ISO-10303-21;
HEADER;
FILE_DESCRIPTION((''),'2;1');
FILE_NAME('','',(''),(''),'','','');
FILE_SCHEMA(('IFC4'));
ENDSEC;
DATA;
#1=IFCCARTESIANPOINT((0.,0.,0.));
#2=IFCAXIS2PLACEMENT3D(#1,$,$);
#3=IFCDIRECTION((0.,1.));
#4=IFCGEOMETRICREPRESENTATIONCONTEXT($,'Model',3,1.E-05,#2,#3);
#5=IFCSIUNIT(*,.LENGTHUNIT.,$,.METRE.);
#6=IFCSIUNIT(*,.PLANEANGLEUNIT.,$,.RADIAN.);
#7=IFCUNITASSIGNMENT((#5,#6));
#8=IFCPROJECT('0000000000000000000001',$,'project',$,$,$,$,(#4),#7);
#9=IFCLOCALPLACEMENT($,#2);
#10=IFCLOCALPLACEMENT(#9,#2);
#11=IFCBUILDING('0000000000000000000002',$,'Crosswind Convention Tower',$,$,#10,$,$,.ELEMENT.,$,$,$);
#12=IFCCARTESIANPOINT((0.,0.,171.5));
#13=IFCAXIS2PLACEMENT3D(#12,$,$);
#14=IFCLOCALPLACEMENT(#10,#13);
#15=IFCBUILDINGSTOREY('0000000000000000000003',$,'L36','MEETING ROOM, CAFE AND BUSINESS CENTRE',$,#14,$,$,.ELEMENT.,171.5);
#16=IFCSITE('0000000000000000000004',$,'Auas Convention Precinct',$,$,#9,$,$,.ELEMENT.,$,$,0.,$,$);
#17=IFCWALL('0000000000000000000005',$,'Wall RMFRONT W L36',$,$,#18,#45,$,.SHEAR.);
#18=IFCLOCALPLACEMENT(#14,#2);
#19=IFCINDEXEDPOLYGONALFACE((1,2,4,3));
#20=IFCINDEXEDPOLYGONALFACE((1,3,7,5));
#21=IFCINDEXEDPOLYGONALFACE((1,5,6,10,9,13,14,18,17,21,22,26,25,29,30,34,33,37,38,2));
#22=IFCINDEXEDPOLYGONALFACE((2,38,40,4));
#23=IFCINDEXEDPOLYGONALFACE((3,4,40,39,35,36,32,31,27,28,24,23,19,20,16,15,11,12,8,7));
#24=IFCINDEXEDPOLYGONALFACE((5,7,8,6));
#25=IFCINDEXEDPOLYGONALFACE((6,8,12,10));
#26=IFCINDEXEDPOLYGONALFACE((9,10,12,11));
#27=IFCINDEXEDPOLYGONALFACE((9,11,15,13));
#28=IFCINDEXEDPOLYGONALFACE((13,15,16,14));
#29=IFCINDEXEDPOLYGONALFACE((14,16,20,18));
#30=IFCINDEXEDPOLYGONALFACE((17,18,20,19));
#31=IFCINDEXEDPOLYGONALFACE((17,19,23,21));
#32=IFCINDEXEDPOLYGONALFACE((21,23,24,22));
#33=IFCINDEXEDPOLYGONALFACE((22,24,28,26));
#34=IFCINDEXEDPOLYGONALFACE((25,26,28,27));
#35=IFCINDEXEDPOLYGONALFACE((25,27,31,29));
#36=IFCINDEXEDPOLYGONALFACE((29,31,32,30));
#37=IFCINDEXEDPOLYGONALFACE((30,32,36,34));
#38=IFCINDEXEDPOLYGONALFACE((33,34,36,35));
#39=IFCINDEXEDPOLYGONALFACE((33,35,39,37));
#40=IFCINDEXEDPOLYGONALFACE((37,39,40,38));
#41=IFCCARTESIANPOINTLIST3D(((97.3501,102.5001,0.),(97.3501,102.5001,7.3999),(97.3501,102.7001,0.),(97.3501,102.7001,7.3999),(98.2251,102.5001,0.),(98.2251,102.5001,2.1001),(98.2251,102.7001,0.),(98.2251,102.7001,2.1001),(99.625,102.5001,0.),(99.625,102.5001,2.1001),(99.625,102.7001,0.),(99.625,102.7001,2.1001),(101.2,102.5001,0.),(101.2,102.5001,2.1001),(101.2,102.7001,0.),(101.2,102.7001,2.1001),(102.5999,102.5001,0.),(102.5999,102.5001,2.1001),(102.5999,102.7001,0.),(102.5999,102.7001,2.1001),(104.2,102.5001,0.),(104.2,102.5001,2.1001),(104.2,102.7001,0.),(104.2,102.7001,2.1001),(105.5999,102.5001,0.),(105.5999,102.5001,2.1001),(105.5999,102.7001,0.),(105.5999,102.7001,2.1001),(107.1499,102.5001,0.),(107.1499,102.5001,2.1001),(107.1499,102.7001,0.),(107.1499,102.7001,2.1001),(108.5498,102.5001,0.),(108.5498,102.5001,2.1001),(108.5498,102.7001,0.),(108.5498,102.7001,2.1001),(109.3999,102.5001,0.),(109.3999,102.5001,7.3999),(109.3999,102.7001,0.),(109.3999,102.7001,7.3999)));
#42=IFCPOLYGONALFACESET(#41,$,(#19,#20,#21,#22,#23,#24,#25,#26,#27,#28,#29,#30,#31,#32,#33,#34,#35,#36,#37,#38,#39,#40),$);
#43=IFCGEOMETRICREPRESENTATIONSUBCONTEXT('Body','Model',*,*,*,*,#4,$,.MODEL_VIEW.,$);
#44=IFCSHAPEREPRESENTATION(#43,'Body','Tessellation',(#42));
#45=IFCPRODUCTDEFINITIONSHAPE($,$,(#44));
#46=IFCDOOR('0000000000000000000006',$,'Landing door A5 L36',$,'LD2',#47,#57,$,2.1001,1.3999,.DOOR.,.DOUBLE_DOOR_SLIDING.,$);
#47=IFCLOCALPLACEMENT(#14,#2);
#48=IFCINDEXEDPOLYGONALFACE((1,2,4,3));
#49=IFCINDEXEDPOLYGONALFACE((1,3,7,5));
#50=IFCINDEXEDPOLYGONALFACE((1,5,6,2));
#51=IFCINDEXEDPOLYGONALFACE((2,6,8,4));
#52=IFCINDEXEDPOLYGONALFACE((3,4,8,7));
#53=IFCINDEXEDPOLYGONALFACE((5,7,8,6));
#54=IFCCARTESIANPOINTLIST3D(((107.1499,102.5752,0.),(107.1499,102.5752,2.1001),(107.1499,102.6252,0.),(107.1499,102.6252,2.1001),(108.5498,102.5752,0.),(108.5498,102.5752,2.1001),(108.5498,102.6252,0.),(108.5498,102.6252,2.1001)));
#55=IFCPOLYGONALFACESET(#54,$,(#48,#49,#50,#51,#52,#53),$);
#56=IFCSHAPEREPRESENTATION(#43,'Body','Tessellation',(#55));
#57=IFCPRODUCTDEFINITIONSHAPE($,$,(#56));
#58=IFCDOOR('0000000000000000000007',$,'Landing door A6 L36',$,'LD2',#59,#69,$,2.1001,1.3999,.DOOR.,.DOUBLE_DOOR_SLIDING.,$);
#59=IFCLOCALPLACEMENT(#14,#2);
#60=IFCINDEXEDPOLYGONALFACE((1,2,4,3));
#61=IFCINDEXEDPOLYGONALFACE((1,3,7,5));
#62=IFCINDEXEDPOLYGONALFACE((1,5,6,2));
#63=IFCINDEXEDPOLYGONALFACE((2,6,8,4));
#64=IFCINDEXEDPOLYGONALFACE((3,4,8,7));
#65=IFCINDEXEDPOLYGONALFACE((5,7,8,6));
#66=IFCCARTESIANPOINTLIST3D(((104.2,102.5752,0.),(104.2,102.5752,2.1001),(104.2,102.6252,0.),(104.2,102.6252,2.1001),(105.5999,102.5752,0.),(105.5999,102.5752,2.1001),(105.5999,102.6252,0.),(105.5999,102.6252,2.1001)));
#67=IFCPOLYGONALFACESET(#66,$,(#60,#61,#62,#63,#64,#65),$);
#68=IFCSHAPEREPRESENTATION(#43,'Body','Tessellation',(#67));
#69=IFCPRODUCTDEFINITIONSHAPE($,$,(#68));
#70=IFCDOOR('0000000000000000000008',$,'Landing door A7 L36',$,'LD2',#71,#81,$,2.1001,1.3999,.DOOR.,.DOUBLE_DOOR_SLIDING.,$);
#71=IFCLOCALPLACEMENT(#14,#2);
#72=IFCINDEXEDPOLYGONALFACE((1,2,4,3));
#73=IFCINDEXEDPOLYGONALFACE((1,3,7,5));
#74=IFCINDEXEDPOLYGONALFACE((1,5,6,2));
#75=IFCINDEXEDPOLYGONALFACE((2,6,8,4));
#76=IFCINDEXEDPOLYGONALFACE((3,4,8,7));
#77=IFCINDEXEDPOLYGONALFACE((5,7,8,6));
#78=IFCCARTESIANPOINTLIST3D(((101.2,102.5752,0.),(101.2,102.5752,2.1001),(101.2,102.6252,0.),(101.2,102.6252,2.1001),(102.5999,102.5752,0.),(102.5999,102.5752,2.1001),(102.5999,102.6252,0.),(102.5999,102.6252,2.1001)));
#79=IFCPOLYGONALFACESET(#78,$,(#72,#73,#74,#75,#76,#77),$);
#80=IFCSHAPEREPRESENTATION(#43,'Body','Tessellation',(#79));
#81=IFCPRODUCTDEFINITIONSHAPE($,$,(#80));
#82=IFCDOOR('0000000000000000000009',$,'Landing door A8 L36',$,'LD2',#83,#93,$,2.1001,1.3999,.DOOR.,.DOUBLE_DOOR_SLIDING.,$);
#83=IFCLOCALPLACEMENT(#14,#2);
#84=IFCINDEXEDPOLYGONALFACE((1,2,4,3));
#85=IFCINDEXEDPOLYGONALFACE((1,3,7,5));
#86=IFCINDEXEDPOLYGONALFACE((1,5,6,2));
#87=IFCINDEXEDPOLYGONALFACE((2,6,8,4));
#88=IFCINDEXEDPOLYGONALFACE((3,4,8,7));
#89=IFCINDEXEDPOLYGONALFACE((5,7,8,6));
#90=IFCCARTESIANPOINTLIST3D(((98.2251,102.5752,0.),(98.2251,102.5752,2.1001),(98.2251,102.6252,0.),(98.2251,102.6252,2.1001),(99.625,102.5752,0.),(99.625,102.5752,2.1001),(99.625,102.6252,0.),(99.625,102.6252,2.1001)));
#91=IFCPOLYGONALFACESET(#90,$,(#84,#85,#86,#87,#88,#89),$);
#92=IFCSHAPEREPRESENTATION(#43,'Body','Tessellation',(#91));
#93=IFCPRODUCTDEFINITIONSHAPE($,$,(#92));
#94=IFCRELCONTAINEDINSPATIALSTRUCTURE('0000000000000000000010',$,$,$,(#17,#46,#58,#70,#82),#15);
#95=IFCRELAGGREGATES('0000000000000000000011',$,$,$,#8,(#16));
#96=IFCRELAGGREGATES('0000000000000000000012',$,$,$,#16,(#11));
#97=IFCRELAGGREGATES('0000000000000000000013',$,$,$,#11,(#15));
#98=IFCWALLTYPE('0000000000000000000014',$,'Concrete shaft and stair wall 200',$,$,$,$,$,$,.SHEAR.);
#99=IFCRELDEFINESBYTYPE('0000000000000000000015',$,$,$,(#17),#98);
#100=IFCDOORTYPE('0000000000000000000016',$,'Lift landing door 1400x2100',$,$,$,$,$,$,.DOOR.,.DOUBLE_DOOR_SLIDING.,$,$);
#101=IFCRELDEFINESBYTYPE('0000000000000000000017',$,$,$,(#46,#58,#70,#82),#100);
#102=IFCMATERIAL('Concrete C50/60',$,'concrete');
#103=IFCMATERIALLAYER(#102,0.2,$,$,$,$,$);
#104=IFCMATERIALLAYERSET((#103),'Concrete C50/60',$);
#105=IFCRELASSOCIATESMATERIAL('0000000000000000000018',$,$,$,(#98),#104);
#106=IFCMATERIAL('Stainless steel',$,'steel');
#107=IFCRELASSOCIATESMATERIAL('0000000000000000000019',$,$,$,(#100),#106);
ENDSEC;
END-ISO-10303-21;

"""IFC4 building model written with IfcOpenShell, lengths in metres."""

from ifc_helpers import new_model, si_unit, direction, frame, frame_2d, origin, place, context, subcontext, project, spatial, rectangle, extrude, material, layer, layer_set, type_object, element, fill, save


model = new_model("IFC4")

# Units and contexts
model_context = context("Model", 3, precision=1e-05, world=origin(), true_north=direction((0.0, 1.0)))
body_context = subcontext(model_context, "Body", "Model", "MODEL_VIEW")
ifc_project = project(units=[si_unit("LENGTHUNIT", "METRE"), si_unit("PLANEANGLEUNIT", "RADIAN")], contexts=[model_context])

# Site, building, storey
site_placement = place(None, origin())
site = spatial("IfcSite", under=ifc_project, at=site_placement, Name="Auas Convention Precinct", CompositionType="ELEMENT", RefElevation=0.0)
building_placement = place(site_placement, origin())
building = spatial("IfcBuilding", under=site, at=building_placement, Name="Crosswind Convention Tower", CompositionType="ELEMENT")
storey_placement = place(building_placement, frame((0.0, 0.0, 171.5)))
storey = spatial("IfcBuildingStorey", under=building, at=storey_placement, Name="L36", Description="MEETING ROOM, CAFE AND BUSINESS CENTRE", CompositionType="ELEMENT", Elevation=171.5)

# Shared definitions
ifc_material_1 = material(Name="Concrete C50/60", Category="concrete")
ifc_layer = layer(ifc_material_1, 0.2)
ifc_layer_set = layer_set([ifc_layer], Name="Concrete C50/60")
wall_type = type_object("IfcWallType", Name="Concrete shaft and stair wall 200", PredefinedType="SHEAR", material=ifc_layer_set)

# Shared definitions
ifc_material_2 = material(Name="Stainless steel", Category="steel")
door_type_1 = type_object("IfcDoorType", Name="Lift landing door 1400x2100", OperationType="DOUBLE_DOOR_SLIDING", PredefinedType="DOOR", material=ifc_material_2)

# Wall, openings, doors
wall_1_placement = place(storey_placement, frame((109.3999, 102.6001, 0.0), z_axis=(0.0, 0.0, 1.0), x_axis=(-1.0, 0.0, 0.0)))
wall_1 = element("IfcWall", 1, at=wall_1_placement, inside=storey, type_object=wall_type, Name="Wall RMFRONT W L36", PredefinedType="SHEAR", context=body_context, shape_type="SweptSolid", body=[
    extrude(rectangle(XDim=12.0498, YDim=0.2, at=frame_2d((6.0249, 0.0))), origin(), (0.0, 0.0, 1.0), 7.3999),
])
opening_1_placement = place(wall_1_placement, frame((0.8501, 0.0, 0.0)))
opening_1 = element("IfcOpeningElement", 2, at=opening_1_placement, cuts=wall_1, PredefinedType="OPENING", context=body_context, shape_type="SweptSolid", body=[
    extrude(rectangle(XDim=1.3999, YDim=2.1001, at=frame_2d((0.7, 1.05))), frame((0.0, 0.1099, 0.0), z_axis=(0.0, -1.0, 0.0), x_axis=(1.0, 0.0, 0.0)), (0.0, 0.0, 1.0), 0.22),
])
opening_2_placement = place(wall_1_placement, frame((3.8, 0.0, 0.0)))
opening_2 = element("IfcOpeningElement", 3, at=opening_2_placement, cuts=wall_1, PredefinedType="OPENING", context=body_context, shape_type="SweptSolid", body=[
    extrude(rectangle(XDim=1.3999, YDim=2.1001, at=frame_2d((0.7, 1.05))), frame((0.0, 0.1099, 0.0), z_axis=(0.0, -1.0, 0.0), x_axis=(1.0, 0.0, 0.0)), (0.0, 0.0, 1.0), 0.22),
])
opening_3_placement = place(wall_1_placement, frame((6.8, 0.0, 0.0)))
opening_3 = element("IfcOpeningElement", 4, at=opening_3_placement, cuts=wall_1, PredefinedType="OPENING", context=body_context, shape_type="SweptSolid", body=[
    extrude(rectangle(XDim=1.3999, YDim=2.1001, at=frame_2d((0.7, 1.05))), frame((0.0, 0.1099, 0.0), z_axis=(0.0, -1.0, 0.0), x_axis=(1.0, 0.0, 0.0)), (0.0, 0.0, 1.0), 0.22),
])
opening_4_placement = place(wall_1_placement, frame((9.7749, 0.0, 0.0)))
opening_4 = element("IfcOpeningElement", 5, at=opening_4_placement, cuts=wall_1, PredefinedType="OPENING", context=body_context, shape_type="SweptSolid", body=[
    extrude(rectangle(XDim=1.3999, YDim=2.1001, at=frame_2d((0.7, 1.05))), frame((0.0, 0.1099, 0.0), z_axis=(0.0, -1.0, 0.0), x_axis=(1.0, 0.0, 0.0)), (0.0, 0.0, 1.0), 0.22),
])
door_1_placement = place(opening_1_placement, origin())
door_1 = element("IfcDoor", 6, at=door_1_placement, inside=storey, type_object=door_type_1, Name="Landing door A5 L36", ObjectType="LD2", OperationType="DOUBLE_DOOR_SLIDING", OverallHeight=2.1001, OverallWidth=1.3999, PredefinedType="DOOR", context=body_context, shape_type="SweptSolid", body=[
    extrude(rectangle(XDim=1.3999, YDim=2.1001, at=frame_2d((0.7, 1.05))), frame((0.0, 0.0249, 0.0), z_axis=(0.0, -1.0, 0.0), x_axis=(1.0, 0.0, 0.0)), (0.0, 0.0, 1.0), 0.05),
])
fill(opening_1, door_1)
door_2_placement = place(opening_2_placement, origin())
door_2 = element("IfcDoor", 7, at=door_2_placement, inside=storey, type_object=door_type_1, Name="Landing door A6 L36", ObjectType="LD2", OperationType="DOUBLE_DOOR_SLIDING", OverallHeight=2.1001, OverallWidth=1.3999, PredefinedType="DOOR", context=body_context, shape_type="SweptSolid", body=[
    extrude(rectangle(XDim=1.3999, YDim=2.1001, at=frame_2d((0.7, 1.05))), frame((0.0, 0.0249, 0.0), z_axis=(0.0, -1.0, 0.0), x_axis=(1.0, 0.0, 0.0)), (0.0, 0.0, 1.0), 0.05),
])
fill(opening_2, door_2)
door_3_placement = place(opening_3_placement, origin())
door_3 = element("IfcDoor", 8, at=door_3_placement, inside=storey, type_object=door_type_1, Name="Landing door A7 L36", ObjectType="LD2", OperationType="DOUBLE_DOOR_SLIDING", OverallHeight=2.1001, OverallWidth=1.3999, PredefinedType="DOOR", context=body_context, shape_type="SweptSolid", body=[
    extrude(rectangle(XDim=1.3999, YDim=2.1001, at=frame_2d((0.7, 1.05))), frame((0.0, 0.0249, 0.0), z_axis=(0.0, -1.0, 0.0), x_axis=(1.0, 0.0, 0.0)), (0.0, 0.0, 1.0), 0.05),
])
fill(opening_3, door_3)
door_4_placement = place(opening_4_placement, origin())
door_4 = element("IfcDoor", 9, at=door_4_placement, inside=storey, type_object=door_type_1, Name="Landing door A8 L36", ObjectType="LD2", OperationType="DOUBLE_DOOR_SLIDING", OverallHeight=2.1001, OverallWidth=1.3999, PredefinedType="DOOR", context=body_context, shape_type="SweptSolid", body=[
    extrude(rectangle(XDim=1.3999, YDim=2.1001, at=frame_2d((0.7, 1.05))), frame((0.0, 0.0249, 0.0), z_axis=(0.0, -1.0, 0.0), x_axis=(1.0, 0.0, 0.0)), (0.0, 0.0, 1.0), 0.05),
])
fill(opening_4, door_4)

save(model, "model.ifc")
